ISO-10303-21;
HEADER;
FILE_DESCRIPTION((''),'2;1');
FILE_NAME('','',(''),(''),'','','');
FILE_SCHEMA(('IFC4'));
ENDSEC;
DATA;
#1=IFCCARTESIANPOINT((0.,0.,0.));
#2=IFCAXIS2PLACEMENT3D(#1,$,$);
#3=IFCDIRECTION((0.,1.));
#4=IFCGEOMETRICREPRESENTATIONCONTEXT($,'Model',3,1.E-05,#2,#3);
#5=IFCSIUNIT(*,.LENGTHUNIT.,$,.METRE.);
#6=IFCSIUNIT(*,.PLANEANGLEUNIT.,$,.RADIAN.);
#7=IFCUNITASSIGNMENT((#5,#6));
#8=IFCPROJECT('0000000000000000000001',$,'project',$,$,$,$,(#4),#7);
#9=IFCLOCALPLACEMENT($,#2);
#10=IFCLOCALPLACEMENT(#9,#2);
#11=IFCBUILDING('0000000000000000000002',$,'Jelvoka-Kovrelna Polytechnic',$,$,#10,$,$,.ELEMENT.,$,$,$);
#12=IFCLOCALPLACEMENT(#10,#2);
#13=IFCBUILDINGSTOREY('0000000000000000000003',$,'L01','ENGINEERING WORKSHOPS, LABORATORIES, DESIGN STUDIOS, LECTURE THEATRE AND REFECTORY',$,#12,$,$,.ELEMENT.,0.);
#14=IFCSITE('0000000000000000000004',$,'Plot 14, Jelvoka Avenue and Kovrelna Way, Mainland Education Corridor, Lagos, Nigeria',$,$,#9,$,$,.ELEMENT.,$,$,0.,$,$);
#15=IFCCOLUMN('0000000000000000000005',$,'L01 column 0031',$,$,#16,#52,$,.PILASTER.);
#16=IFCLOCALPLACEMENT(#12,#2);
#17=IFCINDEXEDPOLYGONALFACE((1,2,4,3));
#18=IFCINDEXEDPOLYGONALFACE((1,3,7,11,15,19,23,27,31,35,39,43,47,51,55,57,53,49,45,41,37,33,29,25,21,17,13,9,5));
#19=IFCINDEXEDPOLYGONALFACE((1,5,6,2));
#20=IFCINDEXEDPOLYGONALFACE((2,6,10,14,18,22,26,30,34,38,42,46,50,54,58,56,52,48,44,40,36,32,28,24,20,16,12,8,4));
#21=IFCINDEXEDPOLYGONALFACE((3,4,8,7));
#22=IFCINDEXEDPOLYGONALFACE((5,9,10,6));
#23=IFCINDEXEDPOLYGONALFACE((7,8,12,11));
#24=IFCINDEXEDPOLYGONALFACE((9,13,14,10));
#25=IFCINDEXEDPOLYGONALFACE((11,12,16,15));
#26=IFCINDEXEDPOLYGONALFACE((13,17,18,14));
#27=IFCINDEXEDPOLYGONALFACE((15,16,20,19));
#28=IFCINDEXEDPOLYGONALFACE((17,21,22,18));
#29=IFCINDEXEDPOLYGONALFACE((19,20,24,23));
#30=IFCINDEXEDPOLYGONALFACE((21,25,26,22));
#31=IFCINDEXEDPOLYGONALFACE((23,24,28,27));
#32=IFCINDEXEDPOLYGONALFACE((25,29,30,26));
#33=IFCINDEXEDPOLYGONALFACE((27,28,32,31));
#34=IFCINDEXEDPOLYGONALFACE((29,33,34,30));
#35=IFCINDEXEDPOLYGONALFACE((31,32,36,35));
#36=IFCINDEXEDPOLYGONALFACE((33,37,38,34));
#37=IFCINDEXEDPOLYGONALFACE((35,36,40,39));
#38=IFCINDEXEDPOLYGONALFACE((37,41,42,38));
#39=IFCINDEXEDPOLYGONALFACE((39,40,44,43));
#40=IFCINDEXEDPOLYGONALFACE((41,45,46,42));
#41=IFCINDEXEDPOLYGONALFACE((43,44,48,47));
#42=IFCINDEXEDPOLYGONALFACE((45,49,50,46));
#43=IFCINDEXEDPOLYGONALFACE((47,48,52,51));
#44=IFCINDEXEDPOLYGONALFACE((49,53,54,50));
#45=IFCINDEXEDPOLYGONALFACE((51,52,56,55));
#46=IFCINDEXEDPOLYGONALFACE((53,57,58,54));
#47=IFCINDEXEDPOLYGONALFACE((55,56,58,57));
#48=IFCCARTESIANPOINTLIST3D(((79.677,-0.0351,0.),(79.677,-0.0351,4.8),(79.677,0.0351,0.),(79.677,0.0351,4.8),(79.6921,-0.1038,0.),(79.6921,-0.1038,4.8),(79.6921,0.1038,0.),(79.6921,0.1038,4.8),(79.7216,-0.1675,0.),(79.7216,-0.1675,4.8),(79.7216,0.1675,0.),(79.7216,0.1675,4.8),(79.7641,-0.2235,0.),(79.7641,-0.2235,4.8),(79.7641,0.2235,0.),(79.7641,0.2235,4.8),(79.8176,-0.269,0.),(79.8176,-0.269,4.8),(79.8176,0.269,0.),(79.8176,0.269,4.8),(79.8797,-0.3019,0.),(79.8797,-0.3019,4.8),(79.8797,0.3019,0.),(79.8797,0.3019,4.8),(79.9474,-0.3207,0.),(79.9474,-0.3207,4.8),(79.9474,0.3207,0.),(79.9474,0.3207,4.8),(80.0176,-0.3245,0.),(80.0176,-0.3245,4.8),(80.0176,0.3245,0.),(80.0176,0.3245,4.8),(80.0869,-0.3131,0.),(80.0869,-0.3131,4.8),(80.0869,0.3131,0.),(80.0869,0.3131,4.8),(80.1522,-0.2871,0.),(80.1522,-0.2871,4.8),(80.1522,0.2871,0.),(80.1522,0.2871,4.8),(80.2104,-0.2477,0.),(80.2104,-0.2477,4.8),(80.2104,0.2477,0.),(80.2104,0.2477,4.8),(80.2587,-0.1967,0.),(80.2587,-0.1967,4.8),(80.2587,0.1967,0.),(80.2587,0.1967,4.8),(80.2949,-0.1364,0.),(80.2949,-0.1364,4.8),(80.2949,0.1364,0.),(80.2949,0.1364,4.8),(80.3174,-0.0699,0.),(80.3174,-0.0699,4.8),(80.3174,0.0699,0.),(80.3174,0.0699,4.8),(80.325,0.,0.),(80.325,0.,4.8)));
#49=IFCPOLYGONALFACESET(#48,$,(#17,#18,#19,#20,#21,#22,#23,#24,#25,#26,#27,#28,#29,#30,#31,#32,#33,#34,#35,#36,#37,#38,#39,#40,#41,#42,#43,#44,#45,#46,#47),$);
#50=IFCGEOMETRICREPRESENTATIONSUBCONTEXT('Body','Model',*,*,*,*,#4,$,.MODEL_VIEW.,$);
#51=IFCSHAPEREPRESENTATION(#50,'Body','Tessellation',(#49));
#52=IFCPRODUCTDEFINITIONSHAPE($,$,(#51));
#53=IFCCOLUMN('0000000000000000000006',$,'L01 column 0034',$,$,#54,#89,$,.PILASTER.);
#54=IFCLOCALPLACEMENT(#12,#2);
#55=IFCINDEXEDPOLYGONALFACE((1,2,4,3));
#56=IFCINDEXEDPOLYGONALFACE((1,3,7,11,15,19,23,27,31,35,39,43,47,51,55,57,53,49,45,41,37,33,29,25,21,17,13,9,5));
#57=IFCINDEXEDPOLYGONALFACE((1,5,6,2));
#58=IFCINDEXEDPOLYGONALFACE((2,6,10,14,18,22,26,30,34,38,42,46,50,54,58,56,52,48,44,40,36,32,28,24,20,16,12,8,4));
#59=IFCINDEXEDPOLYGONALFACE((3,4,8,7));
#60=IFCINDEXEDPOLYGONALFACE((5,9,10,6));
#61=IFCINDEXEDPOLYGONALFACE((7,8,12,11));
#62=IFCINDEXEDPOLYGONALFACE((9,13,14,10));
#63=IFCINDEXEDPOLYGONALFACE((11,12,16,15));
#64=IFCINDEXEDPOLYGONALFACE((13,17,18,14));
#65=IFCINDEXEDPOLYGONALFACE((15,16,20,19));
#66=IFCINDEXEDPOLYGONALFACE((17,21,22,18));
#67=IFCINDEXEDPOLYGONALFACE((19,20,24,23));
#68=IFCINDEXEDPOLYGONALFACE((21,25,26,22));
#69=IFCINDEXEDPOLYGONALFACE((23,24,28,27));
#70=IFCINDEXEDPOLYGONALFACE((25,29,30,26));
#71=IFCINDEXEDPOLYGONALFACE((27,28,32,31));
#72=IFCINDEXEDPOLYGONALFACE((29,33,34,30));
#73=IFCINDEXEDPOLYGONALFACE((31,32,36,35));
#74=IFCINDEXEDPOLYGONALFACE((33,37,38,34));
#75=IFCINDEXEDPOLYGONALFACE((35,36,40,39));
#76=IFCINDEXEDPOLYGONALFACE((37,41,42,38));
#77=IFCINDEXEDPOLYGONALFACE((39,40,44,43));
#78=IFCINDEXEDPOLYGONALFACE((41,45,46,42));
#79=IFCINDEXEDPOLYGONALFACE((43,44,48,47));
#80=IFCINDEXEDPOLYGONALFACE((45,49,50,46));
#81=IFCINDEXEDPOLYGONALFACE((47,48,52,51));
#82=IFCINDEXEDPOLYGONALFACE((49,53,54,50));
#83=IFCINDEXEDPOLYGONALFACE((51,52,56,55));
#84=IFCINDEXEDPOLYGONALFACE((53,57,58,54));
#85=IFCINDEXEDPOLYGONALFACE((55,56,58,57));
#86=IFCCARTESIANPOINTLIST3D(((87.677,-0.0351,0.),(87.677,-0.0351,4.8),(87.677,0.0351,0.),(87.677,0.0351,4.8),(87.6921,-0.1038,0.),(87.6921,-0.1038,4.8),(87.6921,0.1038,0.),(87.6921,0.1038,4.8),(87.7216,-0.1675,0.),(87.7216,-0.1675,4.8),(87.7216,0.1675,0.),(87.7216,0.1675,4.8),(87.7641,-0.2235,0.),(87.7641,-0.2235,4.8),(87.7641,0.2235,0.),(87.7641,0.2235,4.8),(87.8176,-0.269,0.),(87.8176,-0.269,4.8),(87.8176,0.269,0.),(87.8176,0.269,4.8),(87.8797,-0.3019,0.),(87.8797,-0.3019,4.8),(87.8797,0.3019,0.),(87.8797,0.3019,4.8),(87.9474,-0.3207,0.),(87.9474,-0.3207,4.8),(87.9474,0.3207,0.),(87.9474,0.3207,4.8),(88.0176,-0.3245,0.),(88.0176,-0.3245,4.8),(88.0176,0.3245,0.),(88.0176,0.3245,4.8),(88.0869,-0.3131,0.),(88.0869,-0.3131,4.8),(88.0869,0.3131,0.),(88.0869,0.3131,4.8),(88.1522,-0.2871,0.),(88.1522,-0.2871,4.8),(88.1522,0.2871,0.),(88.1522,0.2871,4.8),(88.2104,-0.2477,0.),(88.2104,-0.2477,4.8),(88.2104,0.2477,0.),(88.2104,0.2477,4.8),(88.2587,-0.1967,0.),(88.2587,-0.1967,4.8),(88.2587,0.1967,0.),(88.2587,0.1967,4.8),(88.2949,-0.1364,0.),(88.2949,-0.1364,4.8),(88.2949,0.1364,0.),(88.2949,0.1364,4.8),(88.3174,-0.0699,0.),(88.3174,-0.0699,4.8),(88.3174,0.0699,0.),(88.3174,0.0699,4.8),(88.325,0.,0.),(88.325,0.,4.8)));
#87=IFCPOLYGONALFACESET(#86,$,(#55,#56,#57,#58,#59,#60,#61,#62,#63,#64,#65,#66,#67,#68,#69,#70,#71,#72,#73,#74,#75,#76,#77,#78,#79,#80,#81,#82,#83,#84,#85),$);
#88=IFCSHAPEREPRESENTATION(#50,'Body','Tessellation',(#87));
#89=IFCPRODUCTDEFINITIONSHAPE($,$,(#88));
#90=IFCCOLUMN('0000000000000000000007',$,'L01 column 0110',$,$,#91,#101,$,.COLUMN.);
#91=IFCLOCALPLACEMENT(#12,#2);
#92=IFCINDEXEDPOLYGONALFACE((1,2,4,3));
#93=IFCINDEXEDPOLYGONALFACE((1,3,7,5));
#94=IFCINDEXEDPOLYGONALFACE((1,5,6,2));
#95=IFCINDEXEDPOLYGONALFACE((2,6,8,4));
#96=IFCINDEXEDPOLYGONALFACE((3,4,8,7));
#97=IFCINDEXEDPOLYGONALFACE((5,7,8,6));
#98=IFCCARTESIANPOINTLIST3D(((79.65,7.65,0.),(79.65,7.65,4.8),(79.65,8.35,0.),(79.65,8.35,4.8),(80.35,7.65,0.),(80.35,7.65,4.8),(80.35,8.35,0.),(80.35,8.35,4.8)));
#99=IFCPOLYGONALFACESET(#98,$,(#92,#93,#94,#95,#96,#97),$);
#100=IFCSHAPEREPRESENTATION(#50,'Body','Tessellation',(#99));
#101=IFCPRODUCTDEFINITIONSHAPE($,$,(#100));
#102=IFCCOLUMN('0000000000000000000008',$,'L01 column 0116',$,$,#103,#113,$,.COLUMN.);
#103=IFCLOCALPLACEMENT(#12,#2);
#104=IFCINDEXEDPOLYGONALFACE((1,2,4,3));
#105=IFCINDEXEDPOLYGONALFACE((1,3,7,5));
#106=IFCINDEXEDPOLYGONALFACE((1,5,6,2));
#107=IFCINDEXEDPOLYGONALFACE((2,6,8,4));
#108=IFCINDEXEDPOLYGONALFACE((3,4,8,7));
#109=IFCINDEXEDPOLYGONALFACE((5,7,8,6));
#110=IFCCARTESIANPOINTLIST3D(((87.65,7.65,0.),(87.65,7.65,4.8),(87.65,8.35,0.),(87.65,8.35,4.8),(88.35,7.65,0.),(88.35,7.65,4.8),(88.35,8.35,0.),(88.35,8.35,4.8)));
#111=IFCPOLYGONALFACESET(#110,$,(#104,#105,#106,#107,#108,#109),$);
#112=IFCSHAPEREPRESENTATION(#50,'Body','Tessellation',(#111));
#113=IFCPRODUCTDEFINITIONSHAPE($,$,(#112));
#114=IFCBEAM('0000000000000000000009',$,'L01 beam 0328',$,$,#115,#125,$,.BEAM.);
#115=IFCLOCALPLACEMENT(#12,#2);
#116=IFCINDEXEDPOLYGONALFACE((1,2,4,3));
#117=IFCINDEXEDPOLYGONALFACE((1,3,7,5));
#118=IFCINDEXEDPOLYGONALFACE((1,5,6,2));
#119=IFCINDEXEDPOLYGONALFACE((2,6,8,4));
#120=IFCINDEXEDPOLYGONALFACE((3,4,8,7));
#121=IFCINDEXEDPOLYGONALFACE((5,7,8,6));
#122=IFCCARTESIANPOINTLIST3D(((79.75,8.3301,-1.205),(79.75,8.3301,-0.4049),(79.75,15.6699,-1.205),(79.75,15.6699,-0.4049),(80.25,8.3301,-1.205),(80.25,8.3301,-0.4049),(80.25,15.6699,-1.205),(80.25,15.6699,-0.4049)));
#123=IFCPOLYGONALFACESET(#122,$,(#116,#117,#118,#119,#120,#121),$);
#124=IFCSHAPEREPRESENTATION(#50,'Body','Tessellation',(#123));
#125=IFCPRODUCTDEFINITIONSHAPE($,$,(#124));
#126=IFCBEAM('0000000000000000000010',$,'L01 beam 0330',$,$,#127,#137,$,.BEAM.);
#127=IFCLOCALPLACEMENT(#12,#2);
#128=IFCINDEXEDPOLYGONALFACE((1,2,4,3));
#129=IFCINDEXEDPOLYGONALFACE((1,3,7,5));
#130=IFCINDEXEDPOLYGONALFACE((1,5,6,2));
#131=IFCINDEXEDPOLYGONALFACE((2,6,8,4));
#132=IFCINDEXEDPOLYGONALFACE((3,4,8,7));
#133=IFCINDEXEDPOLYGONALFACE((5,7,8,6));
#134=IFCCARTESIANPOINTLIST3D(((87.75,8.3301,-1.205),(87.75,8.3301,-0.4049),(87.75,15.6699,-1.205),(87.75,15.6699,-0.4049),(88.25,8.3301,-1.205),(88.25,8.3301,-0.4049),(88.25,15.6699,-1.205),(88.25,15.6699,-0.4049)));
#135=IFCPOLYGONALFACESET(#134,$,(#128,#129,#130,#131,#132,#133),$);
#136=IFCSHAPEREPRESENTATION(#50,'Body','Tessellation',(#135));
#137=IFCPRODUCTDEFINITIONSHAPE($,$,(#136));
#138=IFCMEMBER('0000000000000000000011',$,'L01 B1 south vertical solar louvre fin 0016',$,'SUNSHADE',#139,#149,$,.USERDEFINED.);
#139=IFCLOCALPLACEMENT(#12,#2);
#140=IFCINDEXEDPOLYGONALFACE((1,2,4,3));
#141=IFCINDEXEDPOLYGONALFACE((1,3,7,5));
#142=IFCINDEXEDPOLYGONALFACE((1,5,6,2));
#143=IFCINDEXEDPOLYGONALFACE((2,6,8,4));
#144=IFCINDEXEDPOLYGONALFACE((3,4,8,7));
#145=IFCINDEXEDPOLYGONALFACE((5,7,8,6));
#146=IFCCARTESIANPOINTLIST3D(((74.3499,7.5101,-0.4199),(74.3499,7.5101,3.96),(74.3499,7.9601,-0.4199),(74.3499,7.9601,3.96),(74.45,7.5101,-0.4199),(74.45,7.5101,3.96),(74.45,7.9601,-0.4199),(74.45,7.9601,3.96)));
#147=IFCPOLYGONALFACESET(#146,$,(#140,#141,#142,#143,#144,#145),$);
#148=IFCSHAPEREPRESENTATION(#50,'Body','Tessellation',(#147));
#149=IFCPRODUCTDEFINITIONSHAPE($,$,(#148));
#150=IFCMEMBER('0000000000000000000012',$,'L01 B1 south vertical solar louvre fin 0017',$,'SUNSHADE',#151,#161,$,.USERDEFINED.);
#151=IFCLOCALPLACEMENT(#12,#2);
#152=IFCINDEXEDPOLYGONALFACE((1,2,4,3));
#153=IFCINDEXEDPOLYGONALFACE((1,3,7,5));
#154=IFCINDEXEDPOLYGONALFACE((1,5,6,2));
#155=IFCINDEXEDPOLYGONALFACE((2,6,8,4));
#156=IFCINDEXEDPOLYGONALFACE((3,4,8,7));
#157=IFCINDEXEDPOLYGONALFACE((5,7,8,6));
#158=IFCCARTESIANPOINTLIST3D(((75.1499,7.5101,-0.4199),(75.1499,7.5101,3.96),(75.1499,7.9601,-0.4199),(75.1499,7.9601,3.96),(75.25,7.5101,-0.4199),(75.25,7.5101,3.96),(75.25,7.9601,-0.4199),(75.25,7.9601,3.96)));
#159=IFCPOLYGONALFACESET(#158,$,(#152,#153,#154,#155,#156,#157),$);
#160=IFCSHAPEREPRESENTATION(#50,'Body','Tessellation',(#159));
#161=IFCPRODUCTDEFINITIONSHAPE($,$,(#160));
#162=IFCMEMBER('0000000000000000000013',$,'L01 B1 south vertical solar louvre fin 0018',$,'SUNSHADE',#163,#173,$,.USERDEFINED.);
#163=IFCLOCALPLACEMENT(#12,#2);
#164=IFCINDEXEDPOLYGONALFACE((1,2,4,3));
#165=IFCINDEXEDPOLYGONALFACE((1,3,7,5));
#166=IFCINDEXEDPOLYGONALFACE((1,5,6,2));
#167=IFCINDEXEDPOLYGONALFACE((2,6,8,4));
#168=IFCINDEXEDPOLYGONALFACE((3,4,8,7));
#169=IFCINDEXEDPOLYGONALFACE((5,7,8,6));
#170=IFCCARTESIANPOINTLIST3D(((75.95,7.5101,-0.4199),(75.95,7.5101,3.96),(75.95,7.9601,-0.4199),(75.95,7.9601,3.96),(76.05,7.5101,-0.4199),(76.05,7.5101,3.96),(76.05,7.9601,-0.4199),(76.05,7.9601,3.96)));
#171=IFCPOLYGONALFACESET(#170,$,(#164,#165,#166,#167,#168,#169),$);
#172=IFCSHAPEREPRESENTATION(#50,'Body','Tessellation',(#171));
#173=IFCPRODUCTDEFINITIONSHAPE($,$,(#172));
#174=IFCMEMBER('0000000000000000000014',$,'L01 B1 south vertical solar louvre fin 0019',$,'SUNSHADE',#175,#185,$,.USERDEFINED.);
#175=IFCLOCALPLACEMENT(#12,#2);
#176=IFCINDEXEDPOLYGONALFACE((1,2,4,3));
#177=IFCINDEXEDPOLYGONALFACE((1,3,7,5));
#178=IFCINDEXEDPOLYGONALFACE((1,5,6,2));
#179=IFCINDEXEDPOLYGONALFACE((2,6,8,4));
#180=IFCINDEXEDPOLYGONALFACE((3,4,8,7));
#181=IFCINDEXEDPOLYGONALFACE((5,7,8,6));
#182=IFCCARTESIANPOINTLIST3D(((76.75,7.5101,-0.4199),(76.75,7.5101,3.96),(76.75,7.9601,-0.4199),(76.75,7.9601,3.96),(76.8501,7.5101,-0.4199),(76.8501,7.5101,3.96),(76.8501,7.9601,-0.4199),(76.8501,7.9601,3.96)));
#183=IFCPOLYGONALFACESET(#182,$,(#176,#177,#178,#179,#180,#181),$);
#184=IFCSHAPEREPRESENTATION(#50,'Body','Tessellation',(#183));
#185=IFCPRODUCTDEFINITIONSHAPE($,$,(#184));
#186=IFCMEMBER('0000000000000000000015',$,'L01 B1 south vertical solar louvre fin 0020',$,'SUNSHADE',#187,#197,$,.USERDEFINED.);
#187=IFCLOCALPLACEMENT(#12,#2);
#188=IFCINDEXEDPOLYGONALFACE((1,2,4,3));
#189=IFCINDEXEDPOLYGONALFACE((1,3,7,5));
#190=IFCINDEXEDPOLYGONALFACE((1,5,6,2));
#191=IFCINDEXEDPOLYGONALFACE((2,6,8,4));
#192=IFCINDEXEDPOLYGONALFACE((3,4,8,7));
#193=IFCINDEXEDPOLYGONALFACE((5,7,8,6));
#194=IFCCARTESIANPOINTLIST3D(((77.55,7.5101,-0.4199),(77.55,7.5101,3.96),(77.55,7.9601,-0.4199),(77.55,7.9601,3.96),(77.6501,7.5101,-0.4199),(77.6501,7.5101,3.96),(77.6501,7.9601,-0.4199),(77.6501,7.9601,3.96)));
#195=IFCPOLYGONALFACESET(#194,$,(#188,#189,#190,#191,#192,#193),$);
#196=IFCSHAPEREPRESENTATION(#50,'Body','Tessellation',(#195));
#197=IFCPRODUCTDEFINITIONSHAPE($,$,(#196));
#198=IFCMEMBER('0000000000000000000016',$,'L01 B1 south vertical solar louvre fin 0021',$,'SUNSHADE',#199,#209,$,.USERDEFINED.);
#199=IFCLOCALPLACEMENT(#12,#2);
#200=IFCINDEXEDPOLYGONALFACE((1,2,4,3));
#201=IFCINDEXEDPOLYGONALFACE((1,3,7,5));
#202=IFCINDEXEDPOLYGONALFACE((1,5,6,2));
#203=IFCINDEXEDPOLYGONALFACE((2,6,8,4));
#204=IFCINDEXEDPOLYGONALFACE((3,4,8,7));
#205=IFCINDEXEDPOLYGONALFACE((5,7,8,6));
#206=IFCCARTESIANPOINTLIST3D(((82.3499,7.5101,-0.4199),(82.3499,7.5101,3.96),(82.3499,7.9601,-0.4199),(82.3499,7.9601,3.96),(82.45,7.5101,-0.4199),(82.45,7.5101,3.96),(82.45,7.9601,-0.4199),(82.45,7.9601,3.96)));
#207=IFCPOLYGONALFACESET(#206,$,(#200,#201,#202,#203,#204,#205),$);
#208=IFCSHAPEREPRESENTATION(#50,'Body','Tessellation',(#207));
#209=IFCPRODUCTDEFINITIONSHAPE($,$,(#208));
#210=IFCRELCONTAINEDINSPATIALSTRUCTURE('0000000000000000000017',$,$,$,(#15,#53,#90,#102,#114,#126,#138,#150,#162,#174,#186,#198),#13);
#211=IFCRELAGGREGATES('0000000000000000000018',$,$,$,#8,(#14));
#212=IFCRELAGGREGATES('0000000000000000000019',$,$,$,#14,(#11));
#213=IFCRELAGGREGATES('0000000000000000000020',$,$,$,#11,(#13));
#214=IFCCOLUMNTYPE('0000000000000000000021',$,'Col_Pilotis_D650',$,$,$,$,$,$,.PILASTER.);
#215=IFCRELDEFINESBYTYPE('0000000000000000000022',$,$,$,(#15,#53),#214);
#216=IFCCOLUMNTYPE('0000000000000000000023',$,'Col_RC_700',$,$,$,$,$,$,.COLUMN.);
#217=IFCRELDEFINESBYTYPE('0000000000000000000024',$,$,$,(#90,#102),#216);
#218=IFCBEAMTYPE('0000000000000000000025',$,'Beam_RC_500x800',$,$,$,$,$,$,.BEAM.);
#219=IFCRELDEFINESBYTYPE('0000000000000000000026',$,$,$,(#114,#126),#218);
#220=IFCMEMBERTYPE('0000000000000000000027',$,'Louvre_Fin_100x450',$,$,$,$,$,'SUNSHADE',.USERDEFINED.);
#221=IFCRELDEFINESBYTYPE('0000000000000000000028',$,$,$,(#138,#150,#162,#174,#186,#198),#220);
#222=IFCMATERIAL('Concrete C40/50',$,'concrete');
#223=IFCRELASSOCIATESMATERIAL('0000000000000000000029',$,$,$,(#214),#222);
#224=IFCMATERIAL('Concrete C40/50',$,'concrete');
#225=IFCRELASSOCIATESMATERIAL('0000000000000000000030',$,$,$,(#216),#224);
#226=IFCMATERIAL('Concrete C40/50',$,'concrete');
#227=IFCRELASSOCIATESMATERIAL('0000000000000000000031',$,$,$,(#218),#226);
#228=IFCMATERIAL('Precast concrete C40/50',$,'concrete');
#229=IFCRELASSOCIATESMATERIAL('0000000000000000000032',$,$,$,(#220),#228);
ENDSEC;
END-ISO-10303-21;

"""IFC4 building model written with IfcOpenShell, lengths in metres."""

from ifc_helpers import new_model, si_unit, direction, frame, origin, origin_2d, place, context, subcontext, project, spatial, rectangle, circle, extrude, material, material_profile, profile_set, type_object, element, save


model = new_model("IFC4")

# Units and contexts
model_context = context("Model", 3, precision=1e-05, world=origin(), true_north=direction((0.0, 1.0)))
body_context = subcontext(model_context, "Body", "Model", "MODEL_VIEW")
ifc_project = project(units=[si_unit("LENGTHUNIT", "METRE"), si_unit("PLANEANGLEUNIT", "RADIAN")], contexts=[model_context])

# Site, building, storey
site_placement = place(None, origin())
site = spatial("IfcSite", under=ifc_project, at=site_placement, Name="Plot 14, Jelvoka Avenue and Kovrelna Way, Mainland Education Corridor, Lagos, Nigeria", CompositionType="ELEMENT", RefElevation=0.0)
building_placement = place(site_placement, origin())
building = spatial("IfcBuilding", under=site, at=building_placement, Name="Jelvoka-Kovrelna Polytechnic", CompositionType="ELEMENT")
storey_placement = place(building_placement, origin())
storey = spatial("IfcBuildingStorey", under=building, at=storey_placement, Name="L01", Description="ENGINEERING WORKSHOPS, LABORATORIES, DESIGN STUDIOS, LECTURE THEATRE AND REFECTORY", CompositionType="ELEMENT", Elevation=0.0)

# Columns
ifc_material_1 = material(Name="Concrete C40/50", Category="concrete")
ifc_material_profile_1 = material_profile(ifc_material_1, circle(Radius=0.325, at=origin_2d()), Name="RC D650")
ifc_profile_set_1 = profile_set([ifc_material_profile_1], Name="Concrete C40/50")
column_type_1 = type_object("IfcColumnType", Name="Col_Pilotis_D650", PredefinedType="PILASTER", material=ifc_profile_set_1)
for number, where, z_axis, x_axis, name in (
    (1, (80.0, 0.0, 0.0), (0.0, 0.0, 1.0), (1.0, 0.0, 0.0), "L01 column 0031"),
    (2, (88.0, 0.0, 0.0), (0.0, 0.0, 1.0), (1.0, 0.0, 0.0), "L01 column 0034"),
):
    element("IfcColumn", number, at=place(storey_placement, frame(where, z_axis=z_axis, x_axis=x_axis)), inside=storey, type_object=column_type_1, Name=name, PredefinedType="PILASTER", context=body_context, shape_type="SweptSolid", body=[
        extrude(circle(Radius=0.325, at=origin_2d()), origin(), (0.0, 0.0, 1.0), 4.8),
    ])
ifc_material_2 = material(Name="Concrete C40/50", Category="concrete")
ifc_material_profile_2 = material_profile(ifc_material_2, rectangle(XDim=0.7, YDim=0.7, at=origin_2d()), Name="RC 700x700")
ifc_profile_set_2 = profile_set([ifc_material_profile_2], Name="Concrete C40/50")
column_type_2 = type_object("IfcColumnType", Name="Col_RC_700", PredefinedType="COLUMN", material=ifc_profile_set_2)
for number, where, z_axis, x_axis, name in (
    (3, (80.0, 8.0, 0.0), (0.0, 0.0, 1.0), (1.0, 0.0, 0.0), "L01 column 0110"),
    (4, (88.0, 8.0, 0.0), (0.0, 0.0, 1.0), (1.0, 0.0, 0.0), "L01 column 0116"),
):
    element("IfcColumn", number, at=place(storey_placement, frame(where, z_axis=z_axis, x_axis=x_axis)), inside=storey, type_object=column_type_2, Name=name, PredefinedType="COLUMN", context=body_context, shape_type="SweptSolid", body=[
        extrude(rectangle(XDim=0.7, YDim=0.7, at=origin_2d()), origin(), (0.0, 0.0, 1.0), 4.8),
    ])

# Beams
ifc_material_3 = material(Name="Concrete C40/50", Category="concrete")
ifc_material_profile_3 = material_profile(ifc_material_3, rectangle(XDim=0.5, YDim=0.8, at=origin_2d()), Name="RC 500x800")
ifc_profile_set_3 = profile_set([ifc_material_profile_3], Name="Concrete C40/50")
beam_type_1 = type_object("IfcBeamType", Name="Beam_RC_500x800", PredefinedType="BEAM", material=ifc_profile_set_3)
for number, where, z_axis, x_axis, name in (
    (5, (80.0, 8.3301, -0.8049), (0.0, 1.0, 0.0), (-1.0, 0.0, 0.0), "L01 beam 0328"),
    (6, (88.0, 8.3301, -0.8049), (0.0, 1.0, 0.0), (-1.0, 0.0, 0.0), "L01 beam 0330"),
):
    element("IfcBeam", number, at=place(storey_placement, frame(where, z_axis=z_axis, x_axis=x_axis)), inside=storey, type_object=beam_type_1, Name=name, PredefinedType="BEAM", context=body_context, shape_type="SweptSolid", body=[
        extrude(rectangle(XDim=0.5, YDim=0.8, at=origin_2d()), origin(), (0.0, 0.0, 1.0), 7.3398),
    ])

# Members
ifc_material_4 = material(Name="Precast concrete C40/50", Category="concrete")
ifc_material_profile_4 = material_profile(ifc_material_4, rectangle(XDim=0.1001, YDim=0.45, at=origin_2d()), Name="PC 100x450")
ifc_profile_set_4 = profile_set([ifc_material_profile_4], Name="Precast concrete C40/50")
member_type = type_object("IfcMemberType", Name="Louvre_Fin_100x450", ElementType="SUNSHADE", PredefinedType="USERDEFINED", material=ifc_profile_set_4)
for number, where, z_axis, x_axis, name in (
    (7, (74.3999, 7.7351, -0.4199), (0.0, 0.0, 1.0), (1.0, 0.0, 0.0), "L01 B1 south vertical solar louvre fin 0016"),
    (8, (75.2, 7.7351, -0.4199), (0.0, 0.0, 1.0), (1.0, 0.0, 0.0), "L01 B1 south vertical solar louvre fin 0017"),
    (9, (76.0, 7.7351, -0.4199), (0.0, 0.0, 1.0), (1.0, 0.0, 0.0), "L01 B1 south vertical solar louvre fin 0018"),
    (10, (76.8, 7.7351, -0.4199), (0.0, 0.0, 1.0), (1.0, 0.0, 0.0), "L01 B1 south vertical solar louvre fin 0019"),
    (11, (77.6001, 7.7351, -0.4199), (0.0, 0.0, 1.0), (1.0, 0.0, 0.0), "L01 B1 south vertical solar louvre fin 0020"),
    (12, (82.3999, 7.7351, -0.4199), (0.0, 0.0, 1.0), (1.0, 0.0, 0.0), "L01 B1 south vertical solar louvre fin 0021"),
):
    element("IfcMember", number, at=place(storey_placement, frame(where, z_axis=z_axis, x_axis=x_axis)), inside=storey, type_object=member_type, Name=name, ObjectType="SUNSHADE", PredefinedType="USERDEFINED", context=body_context, shape_type="SweptSolid", body=[
        extrude(rectangle(XDim=0.1001, YDim=0.45, at=origin_2d()), origin(), (0.0, 0.0, 1.0), 4.3799),
    ])

save(model, "model.ifc")
